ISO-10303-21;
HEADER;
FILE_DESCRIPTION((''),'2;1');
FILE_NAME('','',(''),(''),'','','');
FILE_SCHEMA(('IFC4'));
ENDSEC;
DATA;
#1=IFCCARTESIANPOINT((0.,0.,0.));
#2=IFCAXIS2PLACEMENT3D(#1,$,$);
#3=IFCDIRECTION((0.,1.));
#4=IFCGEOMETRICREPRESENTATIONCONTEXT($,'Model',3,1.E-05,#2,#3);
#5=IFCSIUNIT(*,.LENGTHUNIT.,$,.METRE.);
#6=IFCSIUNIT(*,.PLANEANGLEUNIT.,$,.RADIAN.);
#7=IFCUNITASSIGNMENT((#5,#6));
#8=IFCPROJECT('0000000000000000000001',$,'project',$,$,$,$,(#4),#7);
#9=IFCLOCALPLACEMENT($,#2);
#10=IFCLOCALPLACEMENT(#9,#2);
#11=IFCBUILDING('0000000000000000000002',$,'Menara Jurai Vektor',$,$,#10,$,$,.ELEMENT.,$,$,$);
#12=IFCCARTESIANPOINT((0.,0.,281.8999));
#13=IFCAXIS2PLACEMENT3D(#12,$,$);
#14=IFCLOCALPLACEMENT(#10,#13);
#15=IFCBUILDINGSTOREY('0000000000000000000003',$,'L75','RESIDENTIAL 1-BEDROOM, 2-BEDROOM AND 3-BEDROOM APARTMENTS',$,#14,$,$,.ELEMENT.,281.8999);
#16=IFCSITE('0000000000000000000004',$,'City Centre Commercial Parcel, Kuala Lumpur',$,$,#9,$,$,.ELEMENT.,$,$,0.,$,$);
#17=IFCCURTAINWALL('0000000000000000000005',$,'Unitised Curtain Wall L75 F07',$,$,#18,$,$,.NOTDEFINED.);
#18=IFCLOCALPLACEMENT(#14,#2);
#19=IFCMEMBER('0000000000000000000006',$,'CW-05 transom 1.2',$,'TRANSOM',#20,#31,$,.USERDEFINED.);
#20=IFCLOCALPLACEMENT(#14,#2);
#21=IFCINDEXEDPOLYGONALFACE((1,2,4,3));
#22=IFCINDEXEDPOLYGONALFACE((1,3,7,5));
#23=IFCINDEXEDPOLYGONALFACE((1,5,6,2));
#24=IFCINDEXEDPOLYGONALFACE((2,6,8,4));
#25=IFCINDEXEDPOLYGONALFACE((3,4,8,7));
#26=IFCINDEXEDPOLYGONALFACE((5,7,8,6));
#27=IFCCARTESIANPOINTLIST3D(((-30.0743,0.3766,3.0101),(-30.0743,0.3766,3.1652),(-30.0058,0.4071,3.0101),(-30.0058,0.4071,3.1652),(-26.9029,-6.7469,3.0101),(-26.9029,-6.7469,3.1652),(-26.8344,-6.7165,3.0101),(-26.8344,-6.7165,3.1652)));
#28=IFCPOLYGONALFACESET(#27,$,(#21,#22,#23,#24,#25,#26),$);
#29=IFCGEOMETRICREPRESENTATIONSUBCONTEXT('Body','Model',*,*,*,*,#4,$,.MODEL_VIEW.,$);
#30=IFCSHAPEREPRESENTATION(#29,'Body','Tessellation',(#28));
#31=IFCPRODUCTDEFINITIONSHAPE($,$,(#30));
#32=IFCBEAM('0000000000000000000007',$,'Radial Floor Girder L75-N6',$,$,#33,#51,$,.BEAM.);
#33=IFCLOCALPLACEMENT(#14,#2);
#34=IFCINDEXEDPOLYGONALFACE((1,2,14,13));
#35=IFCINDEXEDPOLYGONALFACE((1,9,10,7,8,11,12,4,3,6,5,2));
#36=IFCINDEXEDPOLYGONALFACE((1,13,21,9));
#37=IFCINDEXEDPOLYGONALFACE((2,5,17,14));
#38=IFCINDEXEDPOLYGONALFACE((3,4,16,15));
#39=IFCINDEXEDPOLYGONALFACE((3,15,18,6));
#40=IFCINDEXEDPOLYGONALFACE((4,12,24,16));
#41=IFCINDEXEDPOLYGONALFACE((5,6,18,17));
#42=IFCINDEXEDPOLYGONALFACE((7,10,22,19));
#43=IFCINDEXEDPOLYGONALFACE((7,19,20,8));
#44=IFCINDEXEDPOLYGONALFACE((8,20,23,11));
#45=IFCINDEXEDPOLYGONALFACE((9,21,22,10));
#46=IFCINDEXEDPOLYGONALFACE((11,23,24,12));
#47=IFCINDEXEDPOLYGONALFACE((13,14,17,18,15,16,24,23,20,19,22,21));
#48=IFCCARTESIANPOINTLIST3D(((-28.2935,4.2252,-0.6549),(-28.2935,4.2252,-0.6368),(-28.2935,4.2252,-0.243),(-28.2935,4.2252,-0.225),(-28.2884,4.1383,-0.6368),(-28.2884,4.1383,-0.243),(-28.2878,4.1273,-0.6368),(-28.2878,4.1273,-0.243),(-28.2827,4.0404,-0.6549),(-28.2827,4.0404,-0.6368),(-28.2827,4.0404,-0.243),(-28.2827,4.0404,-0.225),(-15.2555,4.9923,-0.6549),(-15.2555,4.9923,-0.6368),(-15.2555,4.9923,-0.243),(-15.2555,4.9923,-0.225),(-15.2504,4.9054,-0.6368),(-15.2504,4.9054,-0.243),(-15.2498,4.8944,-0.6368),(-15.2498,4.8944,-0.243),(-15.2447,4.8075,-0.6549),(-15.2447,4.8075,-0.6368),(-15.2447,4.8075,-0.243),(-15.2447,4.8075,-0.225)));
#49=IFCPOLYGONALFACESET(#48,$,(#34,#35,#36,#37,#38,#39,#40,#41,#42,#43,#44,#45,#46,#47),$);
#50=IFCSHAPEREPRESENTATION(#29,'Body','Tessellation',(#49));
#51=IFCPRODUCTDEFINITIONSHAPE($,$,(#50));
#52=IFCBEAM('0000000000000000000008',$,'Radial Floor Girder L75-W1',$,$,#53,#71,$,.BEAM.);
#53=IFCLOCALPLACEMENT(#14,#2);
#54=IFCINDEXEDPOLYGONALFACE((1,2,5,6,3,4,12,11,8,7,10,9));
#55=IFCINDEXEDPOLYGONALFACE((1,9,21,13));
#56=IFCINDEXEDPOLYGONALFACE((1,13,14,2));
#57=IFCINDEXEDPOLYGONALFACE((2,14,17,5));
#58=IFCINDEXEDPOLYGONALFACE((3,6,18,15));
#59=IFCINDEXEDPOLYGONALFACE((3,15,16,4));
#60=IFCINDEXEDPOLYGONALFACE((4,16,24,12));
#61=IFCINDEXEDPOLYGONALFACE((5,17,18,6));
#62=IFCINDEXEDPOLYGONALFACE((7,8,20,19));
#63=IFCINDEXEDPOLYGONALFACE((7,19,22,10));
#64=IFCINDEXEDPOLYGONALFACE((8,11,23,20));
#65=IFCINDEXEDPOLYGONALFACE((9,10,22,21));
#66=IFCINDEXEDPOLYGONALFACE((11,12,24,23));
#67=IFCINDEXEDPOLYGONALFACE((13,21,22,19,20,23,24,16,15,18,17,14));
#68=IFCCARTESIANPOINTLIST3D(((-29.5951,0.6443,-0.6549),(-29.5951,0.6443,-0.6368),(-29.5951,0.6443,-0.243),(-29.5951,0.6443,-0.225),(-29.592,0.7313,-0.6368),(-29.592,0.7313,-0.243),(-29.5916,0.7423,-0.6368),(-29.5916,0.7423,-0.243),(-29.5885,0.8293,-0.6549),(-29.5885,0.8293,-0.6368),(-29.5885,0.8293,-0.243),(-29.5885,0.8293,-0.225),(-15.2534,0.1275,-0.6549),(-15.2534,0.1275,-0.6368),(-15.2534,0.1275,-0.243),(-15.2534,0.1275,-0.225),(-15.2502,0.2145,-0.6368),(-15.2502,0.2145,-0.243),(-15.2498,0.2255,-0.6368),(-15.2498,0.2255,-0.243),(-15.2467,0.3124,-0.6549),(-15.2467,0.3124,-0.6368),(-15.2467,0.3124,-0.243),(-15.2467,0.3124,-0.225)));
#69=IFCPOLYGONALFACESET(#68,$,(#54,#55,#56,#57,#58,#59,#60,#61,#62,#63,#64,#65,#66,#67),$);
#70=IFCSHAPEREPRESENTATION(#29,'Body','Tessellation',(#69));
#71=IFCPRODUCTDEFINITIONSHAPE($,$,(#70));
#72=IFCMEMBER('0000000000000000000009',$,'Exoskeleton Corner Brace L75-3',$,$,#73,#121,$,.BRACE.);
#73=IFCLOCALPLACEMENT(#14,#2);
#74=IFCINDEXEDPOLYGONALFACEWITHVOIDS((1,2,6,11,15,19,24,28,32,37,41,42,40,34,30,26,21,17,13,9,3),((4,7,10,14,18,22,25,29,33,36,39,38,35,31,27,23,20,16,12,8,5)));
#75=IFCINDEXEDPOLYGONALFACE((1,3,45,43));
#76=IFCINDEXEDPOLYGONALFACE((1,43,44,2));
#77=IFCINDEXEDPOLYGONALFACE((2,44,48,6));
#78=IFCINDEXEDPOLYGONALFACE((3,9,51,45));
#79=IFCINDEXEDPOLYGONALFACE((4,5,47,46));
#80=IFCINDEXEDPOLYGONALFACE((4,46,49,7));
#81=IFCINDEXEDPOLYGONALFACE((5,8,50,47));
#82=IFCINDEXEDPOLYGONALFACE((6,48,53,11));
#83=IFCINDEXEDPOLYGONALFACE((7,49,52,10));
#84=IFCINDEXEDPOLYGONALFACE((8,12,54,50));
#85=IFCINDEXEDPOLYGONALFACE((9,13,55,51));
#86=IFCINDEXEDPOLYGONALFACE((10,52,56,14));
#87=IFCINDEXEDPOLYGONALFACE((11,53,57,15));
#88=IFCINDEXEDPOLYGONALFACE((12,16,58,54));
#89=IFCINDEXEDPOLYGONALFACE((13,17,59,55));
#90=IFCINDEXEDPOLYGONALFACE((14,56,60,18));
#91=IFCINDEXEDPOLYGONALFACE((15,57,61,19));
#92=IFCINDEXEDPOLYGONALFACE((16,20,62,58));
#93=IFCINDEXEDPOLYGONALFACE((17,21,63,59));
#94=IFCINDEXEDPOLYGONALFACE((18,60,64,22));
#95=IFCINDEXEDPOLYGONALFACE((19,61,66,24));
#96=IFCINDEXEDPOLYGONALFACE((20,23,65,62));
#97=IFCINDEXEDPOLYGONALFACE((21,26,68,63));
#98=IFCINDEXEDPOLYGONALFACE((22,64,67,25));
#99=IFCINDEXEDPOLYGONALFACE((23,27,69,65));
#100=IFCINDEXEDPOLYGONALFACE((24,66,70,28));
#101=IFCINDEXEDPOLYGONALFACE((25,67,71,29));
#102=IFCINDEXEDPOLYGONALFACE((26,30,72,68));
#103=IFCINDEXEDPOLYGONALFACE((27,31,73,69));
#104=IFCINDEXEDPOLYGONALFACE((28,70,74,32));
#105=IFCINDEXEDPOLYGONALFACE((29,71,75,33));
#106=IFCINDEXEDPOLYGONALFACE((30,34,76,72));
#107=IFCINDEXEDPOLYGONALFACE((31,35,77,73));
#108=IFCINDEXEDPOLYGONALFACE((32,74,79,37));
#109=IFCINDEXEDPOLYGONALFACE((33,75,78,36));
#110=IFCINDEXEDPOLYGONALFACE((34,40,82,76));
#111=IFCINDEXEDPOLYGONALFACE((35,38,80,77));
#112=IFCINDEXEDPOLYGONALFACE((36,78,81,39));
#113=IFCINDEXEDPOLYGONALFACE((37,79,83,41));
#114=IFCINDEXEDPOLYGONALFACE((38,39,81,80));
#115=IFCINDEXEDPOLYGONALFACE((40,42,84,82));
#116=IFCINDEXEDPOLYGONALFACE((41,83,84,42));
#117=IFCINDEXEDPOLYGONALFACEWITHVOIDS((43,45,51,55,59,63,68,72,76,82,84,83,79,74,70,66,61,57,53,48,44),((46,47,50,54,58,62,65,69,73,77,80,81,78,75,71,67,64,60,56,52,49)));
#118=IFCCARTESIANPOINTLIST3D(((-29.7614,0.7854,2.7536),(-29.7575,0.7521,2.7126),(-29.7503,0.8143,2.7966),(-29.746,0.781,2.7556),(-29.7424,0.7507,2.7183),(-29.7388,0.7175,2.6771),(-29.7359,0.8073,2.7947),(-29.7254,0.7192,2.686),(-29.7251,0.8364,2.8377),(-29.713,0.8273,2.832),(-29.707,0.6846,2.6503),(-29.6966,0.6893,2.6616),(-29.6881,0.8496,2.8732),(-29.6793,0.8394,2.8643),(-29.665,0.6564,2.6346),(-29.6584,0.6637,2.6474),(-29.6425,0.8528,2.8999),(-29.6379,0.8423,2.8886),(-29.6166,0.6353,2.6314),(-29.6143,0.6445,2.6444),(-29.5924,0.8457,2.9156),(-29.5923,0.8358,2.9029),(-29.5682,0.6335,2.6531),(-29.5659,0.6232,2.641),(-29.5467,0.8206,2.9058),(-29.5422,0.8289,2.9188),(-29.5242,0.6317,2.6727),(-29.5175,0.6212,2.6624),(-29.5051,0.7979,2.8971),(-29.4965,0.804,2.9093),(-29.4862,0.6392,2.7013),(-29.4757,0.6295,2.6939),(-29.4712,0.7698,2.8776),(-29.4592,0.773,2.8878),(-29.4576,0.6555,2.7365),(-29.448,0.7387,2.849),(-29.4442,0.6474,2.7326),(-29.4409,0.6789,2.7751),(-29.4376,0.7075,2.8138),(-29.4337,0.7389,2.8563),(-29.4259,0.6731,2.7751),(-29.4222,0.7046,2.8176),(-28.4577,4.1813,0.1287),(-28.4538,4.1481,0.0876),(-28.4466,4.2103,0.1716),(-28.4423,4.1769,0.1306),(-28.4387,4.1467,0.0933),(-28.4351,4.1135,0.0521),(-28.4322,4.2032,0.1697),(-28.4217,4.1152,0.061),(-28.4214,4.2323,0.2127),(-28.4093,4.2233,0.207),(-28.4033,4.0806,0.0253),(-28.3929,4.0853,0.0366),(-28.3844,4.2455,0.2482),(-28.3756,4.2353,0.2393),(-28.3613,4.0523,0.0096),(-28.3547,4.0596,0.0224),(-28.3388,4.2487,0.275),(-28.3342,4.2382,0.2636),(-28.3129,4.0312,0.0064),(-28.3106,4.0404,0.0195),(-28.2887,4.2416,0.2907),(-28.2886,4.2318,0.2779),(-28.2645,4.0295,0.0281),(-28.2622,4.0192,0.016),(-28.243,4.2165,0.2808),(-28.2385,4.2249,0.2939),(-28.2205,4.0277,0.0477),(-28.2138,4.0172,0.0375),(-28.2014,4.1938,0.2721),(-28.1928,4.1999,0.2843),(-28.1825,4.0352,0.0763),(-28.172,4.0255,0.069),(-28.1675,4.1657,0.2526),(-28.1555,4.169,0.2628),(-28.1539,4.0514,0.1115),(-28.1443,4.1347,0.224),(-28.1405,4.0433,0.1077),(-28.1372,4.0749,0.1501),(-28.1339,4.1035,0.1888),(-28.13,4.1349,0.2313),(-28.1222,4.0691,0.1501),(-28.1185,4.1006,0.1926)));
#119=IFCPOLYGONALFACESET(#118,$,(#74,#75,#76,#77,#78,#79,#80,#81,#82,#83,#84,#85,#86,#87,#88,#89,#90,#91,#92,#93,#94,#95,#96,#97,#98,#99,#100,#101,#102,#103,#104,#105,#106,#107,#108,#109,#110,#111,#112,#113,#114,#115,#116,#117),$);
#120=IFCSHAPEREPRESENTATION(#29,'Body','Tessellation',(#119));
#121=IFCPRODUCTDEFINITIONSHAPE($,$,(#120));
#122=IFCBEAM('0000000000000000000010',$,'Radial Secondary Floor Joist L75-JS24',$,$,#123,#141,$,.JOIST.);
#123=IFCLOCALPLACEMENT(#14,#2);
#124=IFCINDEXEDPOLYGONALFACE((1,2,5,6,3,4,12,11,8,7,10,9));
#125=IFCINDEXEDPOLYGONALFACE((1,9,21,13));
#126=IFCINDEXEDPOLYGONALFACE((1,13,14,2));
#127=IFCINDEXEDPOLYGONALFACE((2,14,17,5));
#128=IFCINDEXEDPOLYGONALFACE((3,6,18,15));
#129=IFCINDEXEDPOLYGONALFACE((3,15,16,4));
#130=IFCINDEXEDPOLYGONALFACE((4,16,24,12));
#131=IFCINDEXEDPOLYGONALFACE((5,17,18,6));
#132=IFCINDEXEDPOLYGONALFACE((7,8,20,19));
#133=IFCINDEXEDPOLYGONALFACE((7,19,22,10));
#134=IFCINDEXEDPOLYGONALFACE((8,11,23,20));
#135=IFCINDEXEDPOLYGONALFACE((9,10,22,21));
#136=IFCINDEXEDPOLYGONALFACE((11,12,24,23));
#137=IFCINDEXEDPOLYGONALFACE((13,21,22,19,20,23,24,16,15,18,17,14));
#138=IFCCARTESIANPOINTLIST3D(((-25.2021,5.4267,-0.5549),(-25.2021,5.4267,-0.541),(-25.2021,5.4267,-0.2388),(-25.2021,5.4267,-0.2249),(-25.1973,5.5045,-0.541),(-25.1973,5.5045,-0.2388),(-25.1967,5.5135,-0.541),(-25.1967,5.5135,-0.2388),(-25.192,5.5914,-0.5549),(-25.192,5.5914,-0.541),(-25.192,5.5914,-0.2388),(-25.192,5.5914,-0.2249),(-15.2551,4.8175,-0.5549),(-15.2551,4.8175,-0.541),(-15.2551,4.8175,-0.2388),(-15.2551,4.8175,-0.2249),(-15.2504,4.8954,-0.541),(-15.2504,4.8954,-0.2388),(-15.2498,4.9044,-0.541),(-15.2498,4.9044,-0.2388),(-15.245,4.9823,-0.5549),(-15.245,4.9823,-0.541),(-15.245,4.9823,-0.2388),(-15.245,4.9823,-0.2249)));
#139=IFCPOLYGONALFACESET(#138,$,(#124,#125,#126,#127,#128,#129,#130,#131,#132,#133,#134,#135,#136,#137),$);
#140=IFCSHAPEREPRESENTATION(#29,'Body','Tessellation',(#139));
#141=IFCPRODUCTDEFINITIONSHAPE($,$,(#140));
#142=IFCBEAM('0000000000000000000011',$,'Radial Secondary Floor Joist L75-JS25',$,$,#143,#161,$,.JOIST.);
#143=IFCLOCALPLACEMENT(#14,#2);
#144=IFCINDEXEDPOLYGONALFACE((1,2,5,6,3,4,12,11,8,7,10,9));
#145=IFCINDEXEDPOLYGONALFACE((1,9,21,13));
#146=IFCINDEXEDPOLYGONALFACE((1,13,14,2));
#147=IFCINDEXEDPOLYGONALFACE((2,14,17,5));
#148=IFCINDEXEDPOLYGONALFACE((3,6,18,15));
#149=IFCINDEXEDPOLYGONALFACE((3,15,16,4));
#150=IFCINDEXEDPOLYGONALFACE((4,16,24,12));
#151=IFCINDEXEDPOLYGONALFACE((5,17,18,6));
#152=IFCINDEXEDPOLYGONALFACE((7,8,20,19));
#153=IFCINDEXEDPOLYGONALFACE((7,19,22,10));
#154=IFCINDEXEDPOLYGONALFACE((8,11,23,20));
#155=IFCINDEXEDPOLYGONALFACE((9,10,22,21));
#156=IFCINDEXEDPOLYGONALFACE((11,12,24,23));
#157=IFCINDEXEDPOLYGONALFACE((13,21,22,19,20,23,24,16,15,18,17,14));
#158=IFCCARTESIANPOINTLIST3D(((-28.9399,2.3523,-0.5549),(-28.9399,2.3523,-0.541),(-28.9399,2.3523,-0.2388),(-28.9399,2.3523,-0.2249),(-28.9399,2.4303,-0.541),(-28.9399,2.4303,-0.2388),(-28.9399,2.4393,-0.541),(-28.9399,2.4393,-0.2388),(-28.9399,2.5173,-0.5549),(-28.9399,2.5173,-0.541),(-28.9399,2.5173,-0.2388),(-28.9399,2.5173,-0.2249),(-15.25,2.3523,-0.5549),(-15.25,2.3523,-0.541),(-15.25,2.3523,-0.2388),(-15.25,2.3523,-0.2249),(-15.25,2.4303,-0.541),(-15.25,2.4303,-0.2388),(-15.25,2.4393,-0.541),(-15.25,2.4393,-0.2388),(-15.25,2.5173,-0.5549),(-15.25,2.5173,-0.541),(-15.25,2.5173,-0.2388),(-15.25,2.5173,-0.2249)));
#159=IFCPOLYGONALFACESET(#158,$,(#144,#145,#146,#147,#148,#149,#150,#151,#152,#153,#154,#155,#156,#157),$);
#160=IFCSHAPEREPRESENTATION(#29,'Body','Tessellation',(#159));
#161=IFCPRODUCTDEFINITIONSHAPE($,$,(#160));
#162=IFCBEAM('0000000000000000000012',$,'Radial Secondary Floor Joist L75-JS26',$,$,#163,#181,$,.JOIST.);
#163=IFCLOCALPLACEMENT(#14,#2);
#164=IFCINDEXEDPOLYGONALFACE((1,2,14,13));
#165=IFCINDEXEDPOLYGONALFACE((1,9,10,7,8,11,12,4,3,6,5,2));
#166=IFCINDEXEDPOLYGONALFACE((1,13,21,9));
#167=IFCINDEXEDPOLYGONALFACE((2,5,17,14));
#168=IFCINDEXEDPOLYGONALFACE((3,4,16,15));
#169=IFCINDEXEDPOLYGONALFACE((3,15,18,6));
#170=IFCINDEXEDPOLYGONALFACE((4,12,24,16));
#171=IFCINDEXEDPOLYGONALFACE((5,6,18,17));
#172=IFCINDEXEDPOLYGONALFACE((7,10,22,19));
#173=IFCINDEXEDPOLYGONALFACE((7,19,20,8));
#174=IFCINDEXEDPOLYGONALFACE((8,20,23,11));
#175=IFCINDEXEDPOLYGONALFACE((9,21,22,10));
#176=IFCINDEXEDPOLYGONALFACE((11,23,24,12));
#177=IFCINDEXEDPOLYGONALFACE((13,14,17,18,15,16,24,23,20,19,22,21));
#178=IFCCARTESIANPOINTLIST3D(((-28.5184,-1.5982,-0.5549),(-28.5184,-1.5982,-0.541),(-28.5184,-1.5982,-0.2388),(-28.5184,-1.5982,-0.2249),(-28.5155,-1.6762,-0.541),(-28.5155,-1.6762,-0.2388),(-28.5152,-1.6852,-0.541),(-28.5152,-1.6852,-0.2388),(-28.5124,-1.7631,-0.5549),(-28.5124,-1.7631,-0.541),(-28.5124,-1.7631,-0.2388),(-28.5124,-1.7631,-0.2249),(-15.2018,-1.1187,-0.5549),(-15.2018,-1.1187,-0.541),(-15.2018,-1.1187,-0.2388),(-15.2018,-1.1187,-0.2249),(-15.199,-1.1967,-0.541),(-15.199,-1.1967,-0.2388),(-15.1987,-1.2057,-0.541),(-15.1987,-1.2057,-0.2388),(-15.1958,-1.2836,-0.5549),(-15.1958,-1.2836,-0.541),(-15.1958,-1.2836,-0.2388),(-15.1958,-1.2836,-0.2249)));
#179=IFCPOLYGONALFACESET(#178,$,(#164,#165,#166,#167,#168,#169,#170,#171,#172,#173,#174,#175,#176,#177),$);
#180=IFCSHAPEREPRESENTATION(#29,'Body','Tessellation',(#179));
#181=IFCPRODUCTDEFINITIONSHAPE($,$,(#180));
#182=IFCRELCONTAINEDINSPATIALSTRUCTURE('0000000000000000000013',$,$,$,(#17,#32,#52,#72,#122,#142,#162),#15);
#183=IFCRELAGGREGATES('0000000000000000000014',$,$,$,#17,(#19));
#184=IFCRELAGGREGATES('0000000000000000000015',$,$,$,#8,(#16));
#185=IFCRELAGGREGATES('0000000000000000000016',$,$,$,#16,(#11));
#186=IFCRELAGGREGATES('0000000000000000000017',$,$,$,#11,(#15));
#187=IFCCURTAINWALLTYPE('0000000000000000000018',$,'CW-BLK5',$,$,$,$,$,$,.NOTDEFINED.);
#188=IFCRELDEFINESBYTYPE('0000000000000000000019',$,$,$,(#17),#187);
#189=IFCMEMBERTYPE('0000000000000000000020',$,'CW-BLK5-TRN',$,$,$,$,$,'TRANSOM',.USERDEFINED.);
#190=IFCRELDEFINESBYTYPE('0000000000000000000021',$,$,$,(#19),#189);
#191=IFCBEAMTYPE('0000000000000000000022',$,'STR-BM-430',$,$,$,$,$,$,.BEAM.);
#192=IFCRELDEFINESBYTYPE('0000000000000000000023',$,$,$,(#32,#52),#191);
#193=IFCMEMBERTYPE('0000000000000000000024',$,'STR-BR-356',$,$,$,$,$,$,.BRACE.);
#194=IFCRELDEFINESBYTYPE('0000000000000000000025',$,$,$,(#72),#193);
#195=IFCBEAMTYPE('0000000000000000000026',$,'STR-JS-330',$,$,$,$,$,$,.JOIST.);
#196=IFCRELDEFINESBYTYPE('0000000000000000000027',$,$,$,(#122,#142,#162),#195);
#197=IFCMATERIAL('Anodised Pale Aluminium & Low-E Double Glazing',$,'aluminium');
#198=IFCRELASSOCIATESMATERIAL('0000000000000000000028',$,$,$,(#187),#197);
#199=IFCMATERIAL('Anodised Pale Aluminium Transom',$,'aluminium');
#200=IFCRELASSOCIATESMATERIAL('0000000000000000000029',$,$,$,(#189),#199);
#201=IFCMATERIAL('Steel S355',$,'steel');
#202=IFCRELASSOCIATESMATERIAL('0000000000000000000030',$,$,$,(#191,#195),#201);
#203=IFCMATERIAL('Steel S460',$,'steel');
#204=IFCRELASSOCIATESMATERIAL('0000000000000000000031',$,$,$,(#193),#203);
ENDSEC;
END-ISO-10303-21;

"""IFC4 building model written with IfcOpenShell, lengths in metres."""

from ifc_helpers import new_model, si_unit, direction, frame, origin, origin_2d, place, context, subcontext, project, spatial, rectangle, hollow_circle, i_section, extrude, material, material_profile, profile_set, type_object, element, aggregate, save


model = new_model("IFC4")

# Units and contexts
model_context = context("Model", 3, precision=1e-05, world=origin(), true_north=direction((0.0, 1.0)))
body_context = subcontext(model_context, "Body", "Model", "MODEL_VIEW")
ifc_project = project(units=[si_unit("LENGTHUNIT", "METRE"), si_unit("PLANEANGLEUNIT", "RADIAN")], contexts=[model_context])

# Site, building, storey
site_placement = place(None, origin())
site = spatial("IfcSite", under=ifc_project, at=site_placement, Name="City Centre Commercial Parcel, Kuala Lumpur", CompositionType="ELEMENT", RefElevation=0.0)
building_placement = place(site_placement, origin())
building = spatial("IfcBuilding", under=site, at=building_placement, Name="Menara Jurai Vektor", CompositionType="ELEMENT")
storey_placement = place(building_placement, frame((0.0, 0.0, 281.8999)))
storey = spatial("IfcBuildingStorey", under=building, at=storey_placement, Name="L75", Description="RESIDENTIAL 1-BEDROOM, 2-BEDROOM AND 3-BEDROOM APARTMENTS", CompositionType="ELEMENT", Elevation=281.8999)

# Shared definitions
ifc_material_1 = material(Name="Steel S460", Category="steel")

# Shared definitions
ifc_material_2 = material(Name="Anodised Pale Aluminium & Low-E Double Glazing", Category="aluminium")
curtain_wall_type = type_object("IfcCurtainWallType", Name="CW-BLK5", PredefinedType="NOTDEFINED", material=ifc_material_2)

# Curtain wall
curtain_wall_1_placement = place(storey_placement, origin())
curtain_wall_1 = element("IfcCurtainWall", 1, at=curtain_wall_1_placement, inside=storey, type_object=curtain_wall_type, Name="Unitised Curtain Wall L75 F07", PredefinedType="NOTDEFINED")

# Member
ifc_material_3 = material(Name="Anodised Pale Aluminium Transom", Category="aluminium")
ifc_material_profile_1 = material_profile(ifc_material_3, rectangle(XDim=0.075, YDim=0.155, at=origin_2d()), Name="ALU TRN 75x155")
ifc_profile_set_1 = profile_set([ifc_material_profile_1], Name="Anodised Pale Aluminium Transom")
member_type_1 = type_object("IfcMemberType", Name="CW-BLK5-TRN", ElementType="TRANSOM", PredefinedType="USERDEFINED", material=ifc_profile_set_1)
member_1_placement = place(storey_placement, frame((-30.04, 0.3918, 3.0876), z_axis=(0.406714, -0.913556, 0.0), x_axis=(0.913556, 0.406714, 0.0)))
member_1 = element("IfcMember", 2, at=member_1_placement, type_object=member_type_1, Name="CW-05 transom 1.2", ObjectType="TRANSOM", PredefinedType="USERDEFINED", context=body_context, shape_type="SweptSolid", body=[
    extrude(rectangle(XDim=0.075, YDim=0.155, at=origin_2d()), origin(), (0.0, 0.0, 1.0), 7.7976),
])

# Beams
ifc_material_4 = material(Name="Steel S355", Category="steel")
ifc_material_profile_2 = material_profile(ifc_material_4, i_section(OverallWidth=0.1851, OverallDepth=0.4299, WebThickness=0.011, FlangeThickness=0.0181, at=origin_2d()), Name="PG 430x185x76")
ifc_profile_set_2 = profile_set([ifc_material_profile_2], Name="Steel S355")
beam_type_1 = type_object("IfcBeamType", Name="STR-BM-430", PredefinedType="BEAM", material=ifc_profile_set_2)
beam_1_placement = place(storey_placement, frame((-28.2881, 4.1328, -0.4399), z_axis=(0.998274, 0.058733, 0.0), x_axis=(-0.058733, 0.998274, 0.0)))
element("IfcBeam", 3, at=beam_1_placement, inside=storey, type_object=beam_type_1, Name="Radial Floor Girder L75-N6", PredefinedType="BEAM", context=body_context, shape_type="SweptSolid", body=[
    extrude(i_section(OverallWidth=0.1851, OverallDepth=0.4299, WebThickness=0.011, FlangeThickness=0.0181, at=origin_2d()), origin(), (0.0, 0.0, 1.0), 13.0605),
])
beam_2_placement = place(storey_placement, frame((-29.5918, 0.7368, -0.4399), z_axis=(0.999351, -0.036014, 0.0), x_axis=(0.036014, 0.999351, 0.0)))
element("IfcBeam", 4, at=beam_2_placement, inside=storey, type_object=beam_type_1, Name="Radial Floor Girder L75-W1", PredefinedType="BEAM", context=body_context, shape_type="SweptSolid", body=[
    extrude(i_section(OverallWidth=0.1851, OverallDepth=0.4299, WebThickness=0.011, FlangeThickness=0.0181, at=origin_2d()), origin(), (0.0, 0.0, 1.0), 14.3511),
])

# Member
ifc_material_profile_3 = material_profile(ifc_material_1, hollow_circle(Radius=0.1777, WallThickness=0.0161, at=origin_2d()), Name="CHS 355.6x16")
ifc_profile_set_3 = profile_set([ifc_material_profile_3], Name="Steel S460")
member_type_2 = type_object("IfcMemberType", Name="STR-BR-356", PredefinedType="BRACE", material=ifc_profile_set_3)
member_2_placement = place(storey_placement, frame((-28.2881, 4.1328, 0.1501), z_axis=(-0.290626, -0.757042, 0.58517), x_axis=(0.93357, -0.358394, 0.0)))
element("IfcMember", 5, at=member_2_placement, inside=storey, type_object=member_type_2, Name="Exoskeleton Corner Brace L75-3", PredefinedType="BRACE", context=body_context, shape_type="SweptSolid", body=[
    extrude(hollow_circle(Radius=0.1777, WallThickness=0.0161, at=origin_2d()), origin(), (0.0, 0.0, 1.0), 4.4858),
])

# Beams
ifc_material_profile_4 = material_profile(ifc_material_4, i_section(OverallWidth=0.165, OverallDepth=0.3301, WebThickness=0.009, FlangeThickness=0.0139, at=origin_2d()), Name="PG 330x165x46")
ifc_profile_set_4 = profile_set([ifc_material_profile_4], Name="Steel S355")
beam_type_2 = type_object("IfcBeamType", Name="STR-JS-330", PredefinedType="JOIST", material=ifc_profile_set_4)
beam_3_placement = place(storey_placement, frame((-25.197, 5.509, -0.3899), z_axis=(0.99813, -0.061123, 0.0), x_axis=(0.061123, 0.99813, 0.0)))
element("IfcBeam", 6, at=beam_3_placement, inside=storey, type_object=beam_type_2, Name="Radial Secondary Floor Joist L75-JS24", PredefinedType="JOIST", context=body_context, shape_type="SweptSolid", body=[
    extrude(i_section(OverallWidth=0.165, OverallDepth=0.3301, WebThickness=0.009, FlangeThickness=0.0139, at=origin_2d()), origin(), (0.0, 0.0, 1.0), 9.9656),
])
beam_4_placement = place(storey_placement, frame((-28.9399, 2.4348, -0.3899), z_axis=(1.0, 0.0, 0.0), x_axis=(0.0, 1.0, 0.0)))
element("IfcBeam", 7, at=beam_4_placement, inside=storey, type_object=beam_type_2, Name="Radial Secondary Floor Joist L75-JS25", PredefinedType="JOIST", context=body_context, shape_type="SweptSolid", body=[
    extrude(i_section(OverallWidth=0.165, OverallDepth=0.3301, WebThickness=0.009, FlangeThickness=0.0139, at=origin_2d()), origin(), (0.0, 0.0, 1.0), 13.6899),
])
beam_5_placement = place(storey_placement, frame((-28.5154, -1.6807, -0.3899), z_axis=(0.999352, 0.035984, 0.0), x_axis=(-0.035984, 0.999352, 0.0)))
element("IfcBeam", 8, at=beam_5_placement, inside=storey, type_object=beam_type_2, Name="Radial Secondary Floor Joist L75-JS26", PredefinedType="JOIST", context=body_context, shape_type="SweptSolid", body=[
    extrude(i_section(OverallWidth=0.165, OverallDepth=0.3301, WebThickness=0.009, FlangeThickness=0.0139, at=origin_2d()), origin(), (0.0, 0.0, 1.0), 13.3252),
])

aggregate(curtain_wall_1, [member_1])

save(model, "model.ifc")
